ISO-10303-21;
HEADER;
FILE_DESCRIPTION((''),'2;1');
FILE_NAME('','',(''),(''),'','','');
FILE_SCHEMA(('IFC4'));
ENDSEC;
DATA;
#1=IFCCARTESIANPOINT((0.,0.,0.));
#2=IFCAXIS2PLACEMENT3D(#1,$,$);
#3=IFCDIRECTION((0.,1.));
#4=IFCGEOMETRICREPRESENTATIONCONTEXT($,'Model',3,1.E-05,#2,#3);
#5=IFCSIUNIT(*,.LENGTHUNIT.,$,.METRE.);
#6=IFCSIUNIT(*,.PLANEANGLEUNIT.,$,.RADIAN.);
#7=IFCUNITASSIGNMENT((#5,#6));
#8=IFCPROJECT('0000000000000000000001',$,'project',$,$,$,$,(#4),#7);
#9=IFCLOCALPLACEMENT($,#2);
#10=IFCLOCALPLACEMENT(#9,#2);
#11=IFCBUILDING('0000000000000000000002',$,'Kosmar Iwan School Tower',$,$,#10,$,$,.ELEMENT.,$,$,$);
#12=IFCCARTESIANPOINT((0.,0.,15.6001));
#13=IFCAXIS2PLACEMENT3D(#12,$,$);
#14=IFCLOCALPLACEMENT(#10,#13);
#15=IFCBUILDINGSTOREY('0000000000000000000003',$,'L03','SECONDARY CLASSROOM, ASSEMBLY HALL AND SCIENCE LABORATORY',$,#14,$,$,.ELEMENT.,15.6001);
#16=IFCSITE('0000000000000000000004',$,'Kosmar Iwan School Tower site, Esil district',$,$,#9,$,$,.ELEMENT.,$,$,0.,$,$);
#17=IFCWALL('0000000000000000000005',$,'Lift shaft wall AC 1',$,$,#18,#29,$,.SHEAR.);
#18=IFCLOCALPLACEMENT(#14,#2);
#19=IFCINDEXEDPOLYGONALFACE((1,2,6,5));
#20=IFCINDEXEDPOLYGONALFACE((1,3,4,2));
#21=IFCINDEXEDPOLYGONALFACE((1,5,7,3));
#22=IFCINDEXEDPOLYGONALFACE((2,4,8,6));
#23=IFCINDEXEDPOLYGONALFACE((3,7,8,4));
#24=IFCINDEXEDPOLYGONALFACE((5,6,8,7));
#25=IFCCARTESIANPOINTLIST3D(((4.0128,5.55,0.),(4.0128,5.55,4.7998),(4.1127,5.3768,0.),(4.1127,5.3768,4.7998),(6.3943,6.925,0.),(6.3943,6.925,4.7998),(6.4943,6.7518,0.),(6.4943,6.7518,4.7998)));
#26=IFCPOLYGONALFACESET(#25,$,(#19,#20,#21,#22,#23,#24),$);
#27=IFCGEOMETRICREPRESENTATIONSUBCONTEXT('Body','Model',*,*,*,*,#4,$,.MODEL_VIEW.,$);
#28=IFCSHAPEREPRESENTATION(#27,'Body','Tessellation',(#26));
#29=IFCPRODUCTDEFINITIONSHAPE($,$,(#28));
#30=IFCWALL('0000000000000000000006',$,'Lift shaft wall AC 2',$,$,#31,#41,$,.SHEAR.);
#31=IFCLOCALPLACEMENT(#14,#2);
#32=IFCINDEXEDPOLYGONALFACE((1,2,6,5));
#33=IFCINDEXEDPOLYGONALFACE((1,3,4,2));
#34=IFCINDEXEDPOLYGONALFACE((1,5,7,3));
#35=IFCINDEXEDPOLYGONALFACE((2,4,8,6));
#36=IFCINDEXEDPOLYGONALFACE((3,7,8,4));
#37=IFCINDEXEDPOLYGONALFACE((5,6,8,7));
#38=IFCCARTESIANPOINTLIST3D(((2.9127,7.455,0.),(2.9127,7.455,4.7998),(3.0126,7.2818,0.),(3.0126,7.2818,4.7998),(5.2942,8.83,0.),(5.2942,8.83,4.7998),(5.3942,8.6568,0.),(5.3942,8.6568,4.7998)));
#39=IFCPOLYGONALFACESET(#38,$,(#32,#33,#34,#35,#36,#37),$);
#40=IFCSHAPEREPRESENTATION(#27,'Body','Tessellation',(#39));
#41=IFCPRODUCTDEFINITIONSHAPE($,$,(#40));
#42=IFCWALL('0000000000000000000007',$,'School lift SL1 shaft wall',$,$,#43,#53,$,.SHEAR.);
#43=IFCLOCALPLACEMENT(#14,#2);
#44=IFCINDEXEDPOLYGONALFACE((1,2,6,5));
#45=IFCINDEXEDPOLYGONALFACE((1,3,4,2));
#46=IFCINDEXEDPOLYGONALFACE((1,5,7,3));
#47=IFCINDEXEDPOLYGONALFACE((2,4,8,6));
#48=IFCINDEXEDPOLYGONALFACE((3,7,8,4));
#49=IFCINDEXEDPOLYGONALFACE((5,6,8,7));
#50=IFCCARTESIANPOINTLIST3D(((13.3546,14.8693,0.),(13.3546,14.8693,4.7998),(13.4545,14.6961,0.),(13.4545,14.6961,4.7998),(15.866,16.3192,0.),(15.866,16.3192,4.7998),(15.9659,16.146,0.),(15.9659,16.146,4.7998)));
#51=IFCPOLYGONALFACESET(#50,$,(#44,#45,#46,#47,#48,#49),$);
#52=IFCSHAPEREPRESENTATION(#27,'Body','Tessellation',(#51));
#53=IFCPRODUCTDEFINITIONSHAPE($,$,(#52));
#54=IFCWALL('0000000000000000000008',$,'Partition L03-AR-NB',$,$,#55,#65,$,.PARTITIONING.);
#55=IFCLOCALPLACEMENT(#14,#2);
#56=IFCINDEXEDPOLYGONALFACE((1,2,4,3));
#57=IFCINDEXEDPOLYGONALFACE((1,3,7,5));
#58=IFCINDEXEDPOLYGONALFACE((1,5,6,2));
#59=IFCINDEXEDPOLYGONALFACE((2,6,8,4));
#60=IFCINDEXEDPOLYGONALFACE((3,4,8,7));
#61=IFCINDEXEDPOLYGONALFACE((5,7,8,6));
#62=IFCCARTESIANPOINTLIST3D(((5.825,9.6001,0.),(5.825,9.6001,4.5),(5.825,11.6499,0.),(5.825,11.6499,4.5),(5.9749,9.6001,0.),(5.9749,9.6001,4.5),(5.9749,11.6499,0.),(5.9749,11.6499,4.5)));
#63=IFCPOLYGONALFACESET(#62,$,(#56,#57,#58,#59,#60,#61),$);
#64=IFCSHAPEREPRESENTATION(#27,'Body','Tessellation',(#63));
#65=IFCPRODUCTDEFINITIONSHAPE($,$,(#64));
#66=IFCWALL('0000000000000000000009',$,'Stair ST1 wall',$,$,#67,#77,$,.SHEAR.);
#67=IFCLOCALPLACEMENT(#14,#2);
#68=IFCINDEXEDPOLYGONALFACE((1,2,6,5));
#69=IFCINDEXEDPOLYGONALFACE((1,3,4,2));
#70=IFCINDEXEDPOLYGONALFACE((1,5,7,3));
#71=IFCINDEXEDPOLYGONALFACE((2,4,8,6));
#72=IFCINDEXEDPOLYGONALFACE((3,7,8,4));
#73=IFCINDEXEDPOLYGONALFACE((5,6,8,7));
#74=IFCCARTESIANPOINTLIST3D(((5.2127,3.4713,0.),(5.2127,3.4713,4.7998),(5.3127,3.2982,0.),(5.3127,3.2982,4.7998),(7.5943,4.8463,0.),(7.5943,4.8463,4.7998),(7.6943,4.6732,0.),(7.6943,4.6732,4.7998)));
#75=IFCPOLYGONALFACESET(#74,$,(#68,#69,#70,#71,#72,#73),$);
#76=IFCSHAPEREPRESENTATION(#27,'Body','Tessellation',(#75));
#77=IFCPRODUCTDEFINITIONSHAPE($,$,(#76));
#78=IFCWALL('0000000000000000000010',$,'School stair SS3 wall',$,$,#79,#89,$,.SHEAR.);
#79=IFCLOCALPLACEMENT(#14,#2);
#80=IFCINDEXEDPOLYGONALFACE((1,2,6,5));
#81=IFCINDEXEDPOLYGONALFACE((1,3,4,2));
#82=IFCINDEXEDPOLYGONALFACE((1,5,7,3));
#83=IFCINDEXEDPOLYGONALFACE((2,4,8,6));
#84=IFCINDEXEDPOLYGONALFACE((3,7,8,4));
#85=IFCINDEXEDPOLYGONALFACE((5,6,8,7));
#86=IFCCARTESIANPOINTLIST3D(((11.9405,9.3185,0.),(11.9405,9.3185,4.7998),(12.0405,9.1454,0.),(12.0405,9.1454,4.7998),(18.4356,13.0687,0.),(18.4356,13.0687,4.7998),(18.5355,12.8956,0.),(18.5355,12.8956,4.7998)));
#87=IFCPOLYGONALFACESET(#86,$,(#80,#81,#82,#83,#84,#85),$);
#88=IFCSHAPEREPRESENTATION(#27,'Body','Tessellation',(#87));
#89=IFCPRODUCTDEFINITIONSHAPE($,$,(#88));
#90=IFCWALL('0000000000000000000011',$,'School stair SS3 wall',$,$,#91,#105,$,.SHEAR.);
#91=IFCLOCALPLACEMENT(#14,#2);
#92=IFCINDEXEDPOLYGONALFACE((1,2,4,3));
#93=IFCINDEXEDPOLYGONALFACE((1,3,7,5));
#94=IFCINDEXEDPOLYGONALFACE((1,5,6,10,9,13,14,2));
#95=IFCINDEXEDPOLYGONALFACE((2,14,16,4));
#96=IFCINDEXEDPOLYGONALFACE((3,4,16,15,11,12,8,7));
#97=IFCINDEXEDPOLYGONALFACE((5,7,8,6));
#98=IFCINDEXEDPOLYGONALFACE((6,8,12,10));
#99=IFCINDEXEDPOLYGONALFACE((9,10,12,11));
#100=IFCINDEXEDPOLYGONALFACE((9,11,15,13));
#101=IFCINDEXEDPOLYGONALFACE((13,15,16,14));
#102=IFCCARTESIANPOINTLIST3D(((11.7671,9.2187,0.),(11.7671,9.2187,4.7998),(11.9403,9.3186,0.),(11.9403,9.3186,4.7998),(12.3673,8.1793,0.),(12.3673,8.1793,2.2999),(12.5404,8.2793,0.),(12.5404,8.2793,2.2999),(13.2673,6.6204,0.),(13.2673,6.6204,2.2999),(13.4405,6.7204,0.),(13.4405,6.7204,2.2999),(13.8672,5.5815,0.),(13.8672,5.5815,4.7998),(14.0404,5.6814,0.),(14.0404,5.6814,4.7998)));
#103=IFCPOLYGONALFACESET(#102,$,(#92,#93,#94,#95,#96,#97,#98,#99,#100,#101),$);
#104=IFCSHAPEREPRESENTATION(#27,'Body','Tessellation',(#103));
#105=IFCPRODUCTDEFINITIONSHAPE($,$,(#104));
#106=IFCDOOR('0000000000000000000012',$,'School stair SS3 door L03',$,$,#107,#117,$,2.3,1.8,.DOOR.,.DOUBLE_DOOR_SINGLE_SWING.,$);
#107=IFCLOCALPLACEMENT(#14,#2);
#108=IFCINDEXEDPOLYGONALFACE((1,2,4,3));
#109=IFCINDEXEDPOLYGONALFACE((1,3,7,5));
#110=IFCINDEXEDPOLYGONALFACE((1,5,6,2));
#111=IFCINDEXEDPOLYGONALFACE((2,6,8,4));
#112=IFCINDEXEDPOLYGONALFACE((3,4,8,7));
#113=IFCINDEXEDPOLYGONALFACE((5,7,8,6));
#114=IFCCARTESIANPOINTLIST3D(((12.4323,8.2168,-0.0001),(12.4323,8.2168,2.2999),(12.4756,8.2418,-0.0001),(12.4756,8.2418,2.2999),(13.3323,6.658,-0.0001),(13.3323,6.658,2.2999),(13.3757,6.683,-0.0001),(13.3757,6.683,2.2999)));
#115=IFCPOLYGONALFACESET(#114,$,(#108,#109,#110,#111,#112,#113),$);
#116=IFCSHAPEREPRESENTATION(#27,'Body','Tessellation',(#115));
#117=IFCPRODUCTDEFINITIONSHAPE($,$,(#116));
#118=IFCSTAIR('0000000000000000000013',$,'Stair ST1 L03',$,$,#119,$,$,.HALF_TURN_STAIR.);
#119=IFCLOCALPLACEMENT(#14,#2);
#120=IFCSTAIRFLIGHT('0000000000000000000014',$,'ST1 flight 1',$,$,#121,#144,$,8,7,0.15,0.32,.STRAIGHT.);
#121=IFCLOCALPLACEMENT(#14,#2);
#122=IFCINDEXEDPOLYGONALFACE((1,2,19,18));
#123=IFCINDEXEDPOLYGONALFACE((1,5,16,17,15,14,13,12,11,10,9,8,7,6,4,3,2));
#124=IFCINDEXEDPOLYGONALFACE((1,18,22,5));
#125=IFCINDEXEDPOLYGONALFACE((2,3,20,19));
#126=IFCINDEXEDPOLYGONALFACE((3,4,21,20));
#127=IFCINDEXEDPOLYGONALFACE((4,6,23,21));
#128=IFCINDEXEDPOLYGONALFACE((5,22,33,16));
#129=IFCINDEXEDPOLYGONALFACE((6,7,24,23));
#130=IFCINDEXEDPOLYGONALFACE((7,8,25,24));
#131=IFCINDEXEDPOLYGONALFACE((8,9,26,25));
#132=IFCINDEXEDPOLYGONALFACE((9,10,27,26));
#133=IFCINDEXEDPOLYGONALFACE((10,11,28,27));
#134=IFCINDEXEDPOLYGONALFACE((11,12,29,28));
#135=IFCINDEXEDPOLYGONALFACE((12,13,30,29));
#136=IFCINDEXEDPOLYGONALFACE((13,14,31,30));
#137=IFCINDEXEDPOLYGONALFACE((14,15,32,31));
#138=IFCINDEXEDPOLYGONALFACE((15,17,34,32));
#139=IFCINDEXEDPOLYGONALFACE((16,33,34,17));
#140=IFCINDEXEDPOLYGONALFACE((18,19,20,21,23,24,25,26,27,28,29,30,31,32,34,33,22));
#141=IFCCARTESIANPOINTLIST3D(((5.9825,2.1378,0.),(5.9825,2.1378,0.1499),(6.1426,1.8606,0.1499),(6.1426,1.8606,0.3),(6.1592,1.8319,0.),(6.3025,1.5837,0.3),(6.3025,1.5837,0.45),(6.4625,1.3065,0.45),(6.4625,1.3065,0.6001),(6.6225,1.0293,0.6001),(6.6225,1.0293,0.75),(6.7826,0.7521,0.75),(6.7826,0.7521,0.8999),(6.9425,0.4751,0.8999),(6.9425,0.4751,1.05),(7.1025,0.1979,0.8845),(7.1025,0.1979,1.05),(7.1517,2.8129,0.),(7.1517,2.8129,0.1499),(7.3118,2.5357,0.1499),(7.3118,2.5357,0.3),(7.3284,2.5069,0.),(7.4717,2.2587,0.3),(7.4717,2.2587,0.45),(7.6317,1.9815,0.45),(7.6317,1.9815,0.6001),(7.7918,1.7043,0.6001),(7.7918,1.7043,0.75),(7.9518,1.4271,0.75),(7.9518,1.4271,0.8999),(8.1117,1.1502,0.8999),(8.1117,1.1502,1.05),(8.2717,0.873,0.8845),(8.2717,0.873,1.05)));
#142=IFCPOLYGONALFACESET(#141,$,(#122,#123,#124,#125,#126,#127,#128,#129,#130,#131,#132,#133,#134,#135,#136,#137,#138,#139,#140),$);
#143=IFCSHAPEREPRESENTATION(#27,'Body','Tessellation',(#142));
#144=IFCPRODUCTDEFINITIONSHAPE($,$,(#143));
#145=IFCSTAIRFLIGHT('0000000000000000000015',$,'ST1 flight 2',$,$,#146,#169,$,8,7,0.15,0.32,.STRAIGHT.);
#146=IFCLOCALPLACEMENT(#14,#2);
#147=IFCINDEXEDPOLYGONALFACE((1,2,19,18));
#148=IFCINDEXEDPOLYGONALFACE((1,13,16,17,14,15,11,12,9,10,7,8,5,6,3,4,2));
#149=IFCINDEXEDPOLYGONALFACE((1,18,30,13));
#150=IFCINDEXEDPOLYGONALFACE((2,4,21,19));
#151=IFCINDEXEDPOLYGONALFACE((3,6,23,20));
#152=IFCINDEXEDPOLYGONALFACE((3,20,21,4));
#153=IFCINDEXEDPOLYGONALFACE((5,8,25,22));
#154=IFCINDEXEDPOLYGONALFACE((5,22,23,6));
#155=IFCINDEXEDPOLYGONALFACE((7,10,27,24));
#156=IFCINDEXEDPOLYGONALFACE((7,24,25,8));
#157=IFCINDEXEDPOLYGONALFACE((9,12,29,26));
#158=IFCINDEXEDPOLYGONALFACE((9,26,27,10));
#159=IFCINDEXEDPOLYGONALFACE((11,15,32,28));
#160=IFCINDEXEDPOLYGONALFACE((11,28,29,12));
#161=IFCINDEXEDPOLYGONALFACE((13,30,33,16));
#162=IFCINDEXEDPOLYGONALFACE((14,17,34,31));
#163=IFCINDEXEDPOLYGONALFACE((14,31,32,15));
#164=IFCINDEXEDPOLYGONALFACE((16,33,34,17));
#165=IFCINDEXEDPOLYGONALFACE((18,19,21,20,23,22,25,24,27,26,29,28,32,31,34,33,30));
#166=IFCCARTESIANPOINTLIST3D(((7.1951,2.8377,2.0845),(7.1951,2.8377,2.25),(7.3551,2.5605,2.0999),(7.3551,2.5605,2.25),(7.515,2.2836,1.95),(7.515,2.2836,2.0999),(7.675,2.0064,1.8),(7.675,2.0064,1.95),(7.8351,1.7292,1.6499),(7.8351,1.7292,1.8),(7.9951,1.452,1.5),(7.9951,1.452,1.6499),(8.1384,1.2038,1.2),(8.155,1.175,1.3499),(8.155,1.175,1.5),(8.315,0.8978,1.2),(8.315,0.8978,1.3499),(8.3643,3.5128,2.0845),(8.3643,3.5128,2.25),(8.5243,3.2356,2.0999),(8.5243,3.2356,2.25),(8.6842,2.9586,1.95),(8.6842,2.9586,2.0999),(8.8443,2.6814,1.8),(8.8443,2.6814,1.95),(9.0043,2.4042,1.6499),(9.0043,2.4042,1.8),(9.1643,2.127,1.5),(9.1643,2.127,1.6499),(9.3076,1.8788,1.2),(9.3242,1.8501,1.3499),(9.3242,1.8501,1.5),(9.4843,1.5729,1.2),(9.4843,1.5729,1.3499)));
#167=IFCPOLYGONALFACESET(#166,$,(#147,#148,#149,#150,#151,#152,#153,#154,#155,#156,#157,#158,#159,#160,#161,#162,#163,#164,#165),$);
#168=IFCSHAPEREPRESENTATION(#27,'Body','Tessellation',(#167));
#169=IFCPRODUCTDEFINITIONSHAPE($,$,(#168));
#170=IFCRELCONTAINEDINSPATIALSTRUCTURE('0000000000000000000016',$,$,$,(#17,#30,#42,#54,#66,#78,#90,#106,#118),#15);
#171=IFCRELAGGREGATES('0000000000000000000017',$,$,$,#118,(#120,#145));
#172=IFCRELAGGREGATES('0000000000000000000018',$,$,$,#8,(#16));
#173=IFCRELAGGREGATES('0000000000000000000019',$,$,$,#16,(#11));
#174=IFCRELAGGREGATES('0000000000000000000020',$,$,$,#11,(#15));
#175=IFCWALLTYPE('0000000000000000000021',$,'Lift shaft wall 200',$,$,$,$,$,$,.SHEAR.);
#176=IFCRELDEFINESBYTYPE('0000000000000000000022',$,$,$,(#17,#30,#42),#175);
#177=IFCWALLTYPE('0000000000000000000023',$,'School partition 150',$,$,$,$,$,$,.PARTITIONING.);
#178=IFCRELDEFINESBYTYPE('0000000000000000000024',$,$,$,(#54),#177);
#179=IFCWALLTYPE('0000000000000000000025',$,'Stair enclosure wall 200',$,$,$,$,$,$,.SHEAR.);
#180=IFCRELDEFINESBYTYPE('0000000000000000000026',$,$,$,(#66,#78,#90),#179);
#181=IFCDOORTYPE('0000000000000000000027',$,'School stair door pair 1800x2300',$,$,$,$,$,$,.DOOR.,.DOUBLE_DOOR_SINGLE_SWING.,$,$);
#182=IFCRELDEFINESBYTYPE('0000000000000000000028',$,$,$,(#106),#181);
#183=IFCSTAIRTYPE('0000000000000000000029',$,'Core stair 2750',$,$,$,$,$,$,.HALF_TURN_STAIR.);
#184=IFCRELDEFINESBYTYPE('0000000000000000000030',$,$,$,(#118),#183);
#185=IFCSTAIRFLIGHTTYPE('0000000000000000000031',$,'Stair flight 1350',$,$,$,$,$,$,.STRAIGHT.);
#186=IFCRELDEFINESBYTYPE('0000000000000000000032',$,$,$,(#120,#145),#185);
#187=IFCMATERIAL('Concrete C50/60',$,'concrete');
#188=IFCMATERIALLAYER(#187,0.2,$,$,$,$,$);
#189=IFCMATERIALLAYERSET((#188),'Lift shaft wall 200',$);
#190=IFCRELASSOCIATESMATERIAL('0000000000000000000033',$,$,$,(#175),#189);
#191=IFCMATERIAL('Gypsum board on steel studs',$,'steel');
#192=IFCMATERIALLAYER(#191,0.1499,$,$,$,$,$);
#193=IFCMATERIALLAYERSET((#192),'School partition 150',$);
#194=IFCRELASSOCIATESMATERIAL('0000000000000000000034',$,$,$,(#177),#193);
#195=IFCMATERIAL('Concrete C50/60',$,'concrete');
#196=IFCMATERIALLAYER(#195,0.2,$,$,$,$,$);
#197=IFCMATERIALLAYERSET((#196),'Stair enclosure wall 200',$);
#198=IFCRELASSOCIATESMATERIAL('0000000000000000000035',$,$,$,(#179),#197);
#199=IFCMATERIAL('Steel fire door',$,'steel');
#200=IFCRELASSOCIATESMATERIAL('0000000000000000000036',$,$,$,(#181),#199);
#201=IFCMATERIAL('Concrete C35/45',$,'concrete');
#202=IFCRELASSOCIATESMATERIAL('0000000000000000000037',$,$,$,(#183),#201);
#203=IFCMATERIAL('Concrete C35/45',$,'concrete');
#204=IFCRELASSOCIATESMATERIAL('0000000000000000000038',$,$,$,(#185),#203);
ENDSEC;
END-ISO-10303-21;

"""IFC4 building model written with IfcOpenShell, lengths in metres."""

from ifc_helpers import new_model, si_unit, direction, frame, frame_2d, origin, place, context, subcontext, project, spatial, polyline, rectangle, outline, extrude, material, layer, layer_set, type_object, element, fill, aggregate, save


model = new_model("IFC4")

# Units and contexts
model_context = context("Model", 3, precision=1e-05, world=origin(), true_north=direction((0.0, 1.0)))
body_context = subcontext(model_context, "Body", "Model", "MODEL_VIEW")
ifc_project = project(units=[si_unit("LENGTHUNIT", "METRE"), si_unit("PLANEANGLEUNIT", "RADIAN")], contexts=[model_context])

# Site, building, storey
site_placement = place(None, origin())
site = spatial("IfcSite", under=ifc_project, at=site_placement, Name="Kosmar Iwan School Tower site, Esil district", CompositionType="ELEMENT", RefElevation=0.0)
building_placement = place(site_placement, origin())
building = spatial("IfcBuilding", under=site, at=building_placement, Name="Kosmar Iwan School Tower", CompositionType="ELEMENT")
storey_placement = place(building_placement, frame((0.0, 0.0, 15.6001)))
storey = spatial("IfcBuildingStorey", under=building, at=storey_placement, Name="L03", Description="SECONDARY CLASSROOM, ASSEMBLY HALL AND SCIENCE LABORATORY", CompositionType="ELEMENT", Elevation=15.6001)

# Walls
ifc_material_1 = material(Name="Concrete C50/60", Category="concrete")
ifc_layer_1 = layer(ifc_material_1, 0.2)
ifc_layer_set_1 = layer_set([ifc_layer_1], Name="Lift shaft wall 200")
wall_type_1 = type_object("IfcWallType", Name="Lift shaft wall 200", PredefinedType="SHEAR", material=ifc_layer_set_1)
for number, where, z_axis, x_axis, name in (
    (1, (4.0627, 5.4634, 0.0), (0.0, 0.0, 1.0), (0.866027, 0.499997, 0.0), "Lift shaft wall AC 1"),
    (2, (2.9626, 7.3684, 0.0), (0.0, 0.0, 1.0), (0.866027, 0.499997, 0.0), "Lift shaft wall AC 2"),
):
    element("IfcWall", number, at=place(storey_placement, frame(where, z_axis=z_axis, x_axis=x_axis)), inside=storey, type_object=wall_type_1, Name=name, PredefinedType="SHEAR", context=body_context, shape_type="SweptSolid", body=[
        extrude(rectangle(XDim=2.75, YDim=0.2, at=frame_2d((1.375, 0.0))), origin(), (0.0, 0.0, 1.0), 4.7998),
    ])
wall_1_placement = place(storey_placement, frame((13.4045, 14.7827, 0.0), z_axis=(0.0, 0.0, 1.0), x_axis=(0.866033, 0.499987, 0.0)))
element("IfcWall", 3, at=wall_1_placement, inside=storey, type_object=wall_type_1, Name="School lift SL1 shaft wall", PredefinedType="SHEAR", context=body_context, shape_type="SweptSolid", body=[
    extrude(rectangle(XDim=2.8999, YDim=0.2, at=frame_2d((1.45, 0.0))), origin(), (0.0, 0.0, 1.0), 4.7998),
])
ifc_material_2 = material(Name="Gypsum board on steel studs", Category="steel")
ifc_layer_2 = layer(ifc_material_2, 0.1499)
ifc_layer_set_2 = layer_set([ifc_layer_2], Name="School partition 150")
wall_type_2 = type_object("IfcWallType", Name="School partition 150", PredefinedType="PARTITIONING", material=ifc_layer_set_2)
wall_2_placement = place(storey_placement, frame((5.8999, 9.6001, 0.0), z_axis=(0.0, 0.0, 1.0), x_axis=(0.0, 1.0, 0.0)))
element("IfcWall", 4, at=wall_2_placement, inside=storey, type_object=wall_type_2, Name="Partition L03-AR-NB", PredefinedType="PARTITIONING", context=body_context, shape_type="SweptSolid", body=[
    extrude(rectangle(XDim=2.0498, YDim=0.1499, at=frame_2d((1.0249, 0.0))), origin(), (0.0, 0.0, 1.0), 4.5),
])
ifc_material_3 = material(Name="Concrete C50/60", Category="concrete")
ifc_layer_3 = layer(ifc_material_3, 0.2)
ifc_layer_set_3 = layer_set([ifc_layer_3], Name="Stair enclosure wall 200")
wall_type_3 = type_object("IfcWallType", Name="Stair enclosure wall 200", PredefinedType="SHEAR", material=ifc_layer_set_3)
wall_3_placement = place(storey_placement, frame((5.2627, 3.3848, 0.0), z_axis=(0.0, 0.0, 1.0), x_axis=(0.866027, 0.499997, 0.0)))
element("IfcWall", 5, at=wall_3_placement, inside=storey, type_object=wall_type_3, Name="Stair ST1 wall", PredefinedType="SHEAR", context=body_context, shape_type="SweptSolid", body=[
    extrude(rectangle(XDim=2.75, YDim=0.2, at=frame_2d((1.375, 0.0))), origin(), (0.0, 0.0, 1.0), 4.7998),
])
wall_4_placement = place(storey_placement, frame((11.9905, 9.2319, 0.0), z_axis=(0.0, 0.0, 1.0), x_axis=(0.866009, 0.500029, 0.0)))
element("IfcWall", 6, at=wall_4_placement, inside=storey, type_object=wall_type_3, Name="School stair SS3 wall", PredefinedType="SHEAR", context=body_context, shape_type="SweptSolid", body=[
    extrude(rectangle(XDim=7.5, YDim=0.2, at=frame_2d((3.75, 0.0))), origin(), (0.0, 0.0, 1.0), 4.7998),
])

# Wall, opening, door
wall_5_placement = place(storey_placement, frame((13.9539, 5.6313, 0.0), z_axis=(0.0, 0.0, 1.0), x_axis=(-0.500028, 0.866009, 0.0)))
wall_5 = element("IfcWall", 7, at=wall_5_placement, inside=storey, type_object=wall_type_3, Name="School stair SS3 wall", PredefinedType="SHEAR", context=body_context, shape_type="SweptSolid", body=[
    extrude(rectangle(XDim=4.2, YDim=0.2, at=frame_2d((2.1001, 0.0))), origin(), (0.0, 0.0, 1.0), 4.7998),
])
opening_1_placement = place(wall_5_placement, frame((1.2, 0.0, 0.0)))
opening_1 = element("IfcOpeningElement", 8, at=opening_1_placement, cuts=wall_5, PredefinedType="OPENING", context=body_context, shape_type="SweptSolid", body=[
    extrude(rectangle(XDim=1.8, YDim=2.3, at=frame_2d((0.8999, 1.1499))), frame((0.0, 0.1121, 0.0), z_axis=(0.0, -1.0, 0.0), x_axis=(1.0, 0.0, 0.0)), (0.0, 0.0, 1.0), 0.2239),
])
ifc_material_4 = material(Name="Steel fire door", Category="steel")
door_type_1 = type_object("IfcDoorType", Name="School stair door pair 1800x2300", OperationType="DOUBLE_DOOR_SINGLE_SWING", PredefinedType="DOOR", material=ifc_material_4)
door_1_placement = place(opening_1_placement, origin())
door_1 = element("IfcDoor", 9, at=door_1_placement, inside=storey, type_object=door_type_1, Name="School stair SS3 door L03", OperationType="DOUBLE_DOOR_SINGLE_SWING", OverallHeight=2.3, OverallWidth=1.8, PredefinedType="DOOR", context=body_context, shape_type="SweptSolid", body=[
    extrude(rectangle(XDim=1.8, YDim=2.3, at=frame_2d((0.8999, 1.1499))), frame((0.0, 0.0249, 0.0), z_axis=(0.0, -1.0, 0.0), x_axis=(1.0, 0.0, 0.0)), (0.0, 0.0, 1.0), 0.05),
])
fill(opening_1, door_1)

# Stair, stair flights
ifc_material_5 = material(Name="Concrete C35/45", Category="concrete")
stair_type = type_object("IfcStairType", Name="Core stair 2750", PredefinedType="HALF_TURN_STAIR", material=ifc_material_5)
stair_placement = place(storey_placement, origin())
stair = element("IfcStair", 10, at=stair_placement, inside=storey, type_object=stair_type, Name="Stair ST1 L03", PredefinedType="HALF_TURN_STAIR")
ifc_material_6 = material(Name="Concrete C35/45", Category="concrete")
stair_flight_type = type_object("IfcStairFlightType", Name="Stair flight 1350", PredefinedType="STRAIGHT", material=ifc_material_6)
stair_flight_1_placement = place(storey_placement, frame((6.5671, 2.4753, 0.0), z_axis=(0.0, 0.0, 1.0), x_axis=(0.5, -0.866025, 0.0)))
stair_flight_1 = element("IfcStairFlight", 11, at=stair_flight_1_placement, type_object=stair_flight_type, Name="ST1 flight 1", NumberOfRisers=8, NumberOfTreads=7, PredefinedType="STRAIGHT", RiserHeight=0.15, TreadLength=0.32, context=body_context, shape_type="SweptSolid", body=[
    extrude(outline(polyline([(0.0, 0.0), (0.0, 0.1499), (0.3201, 0.1499), (0.3201, 0.3), (0.6399, 0.3), (0.6399, 0.45), (0.96, 0.45), (0.96, 0.6001), (1.28, 0.6001), (1.28, 0.75), (1.6001, 0.75), (1.6001, 0.8999), (1.9199, 0.8999), (1.9199, 1.05), (2.24, 1.05), (2.24, 1.2), (2.24, 0.8845), (0.3533, 0.0), (0.0, 0.0)])), frame((0.0, 0.675, 0.0), z_axis=(0.0, -1.0, 0.0), x_axis=(1.0, 0.0, 0.0)), (0.0, 0.0, 1.0), 1.3501),
])
stair_flight_2_placement = place(storey_placement, frame((8.8997, 1.2354, 1.2), z_axis=(0.0, 0.0, 1.0), x_axis=(-0.5, 0.866025, 0.0)))
stair_flight_2 = element("IfcStairFlight", 12, at=stair_flight_2_placement, type_object=stair_flight_type, Name="ST1 flight 2", NumberOfRisers=8, NumberOfTreads=7, PredefinedType="STRAIGHT", RiserHeight=0.15, TreadLength=0.32, context=body_context, shape_type="SweptSolid", body=[
    extrude(outline(polyline([(0.0, 0.0), (0.0, 0.1499), (0.3201, 0.1499), (0.3201, 0.3), (0.6399, 0.3), (0.6399, 0.45), (0.96, 0.45), (0.96, 0.6001), (1.28, 0.6001), (1.28, 0.75), (1.6001, 0.75), (1.6001, 0.8999), (1.9199, 0.8999), (1.9199, 1.05), (2.24, 1.05), (2.24, 1.2), (2.24, 0.8845), (0.3533, 0.0), (0.0, 0.0)])), frame((0.0, 0.675, 0.0), z_axis=(0.0, -1.0, 0.0), x_axis=(1.0, 0.0, 0.0)), (0.0, 0.0, 1.0), 1.3501),
])
aggregate(stair, [stair_flight_1, stair_flight_2])

save(model, "model.ifc")
